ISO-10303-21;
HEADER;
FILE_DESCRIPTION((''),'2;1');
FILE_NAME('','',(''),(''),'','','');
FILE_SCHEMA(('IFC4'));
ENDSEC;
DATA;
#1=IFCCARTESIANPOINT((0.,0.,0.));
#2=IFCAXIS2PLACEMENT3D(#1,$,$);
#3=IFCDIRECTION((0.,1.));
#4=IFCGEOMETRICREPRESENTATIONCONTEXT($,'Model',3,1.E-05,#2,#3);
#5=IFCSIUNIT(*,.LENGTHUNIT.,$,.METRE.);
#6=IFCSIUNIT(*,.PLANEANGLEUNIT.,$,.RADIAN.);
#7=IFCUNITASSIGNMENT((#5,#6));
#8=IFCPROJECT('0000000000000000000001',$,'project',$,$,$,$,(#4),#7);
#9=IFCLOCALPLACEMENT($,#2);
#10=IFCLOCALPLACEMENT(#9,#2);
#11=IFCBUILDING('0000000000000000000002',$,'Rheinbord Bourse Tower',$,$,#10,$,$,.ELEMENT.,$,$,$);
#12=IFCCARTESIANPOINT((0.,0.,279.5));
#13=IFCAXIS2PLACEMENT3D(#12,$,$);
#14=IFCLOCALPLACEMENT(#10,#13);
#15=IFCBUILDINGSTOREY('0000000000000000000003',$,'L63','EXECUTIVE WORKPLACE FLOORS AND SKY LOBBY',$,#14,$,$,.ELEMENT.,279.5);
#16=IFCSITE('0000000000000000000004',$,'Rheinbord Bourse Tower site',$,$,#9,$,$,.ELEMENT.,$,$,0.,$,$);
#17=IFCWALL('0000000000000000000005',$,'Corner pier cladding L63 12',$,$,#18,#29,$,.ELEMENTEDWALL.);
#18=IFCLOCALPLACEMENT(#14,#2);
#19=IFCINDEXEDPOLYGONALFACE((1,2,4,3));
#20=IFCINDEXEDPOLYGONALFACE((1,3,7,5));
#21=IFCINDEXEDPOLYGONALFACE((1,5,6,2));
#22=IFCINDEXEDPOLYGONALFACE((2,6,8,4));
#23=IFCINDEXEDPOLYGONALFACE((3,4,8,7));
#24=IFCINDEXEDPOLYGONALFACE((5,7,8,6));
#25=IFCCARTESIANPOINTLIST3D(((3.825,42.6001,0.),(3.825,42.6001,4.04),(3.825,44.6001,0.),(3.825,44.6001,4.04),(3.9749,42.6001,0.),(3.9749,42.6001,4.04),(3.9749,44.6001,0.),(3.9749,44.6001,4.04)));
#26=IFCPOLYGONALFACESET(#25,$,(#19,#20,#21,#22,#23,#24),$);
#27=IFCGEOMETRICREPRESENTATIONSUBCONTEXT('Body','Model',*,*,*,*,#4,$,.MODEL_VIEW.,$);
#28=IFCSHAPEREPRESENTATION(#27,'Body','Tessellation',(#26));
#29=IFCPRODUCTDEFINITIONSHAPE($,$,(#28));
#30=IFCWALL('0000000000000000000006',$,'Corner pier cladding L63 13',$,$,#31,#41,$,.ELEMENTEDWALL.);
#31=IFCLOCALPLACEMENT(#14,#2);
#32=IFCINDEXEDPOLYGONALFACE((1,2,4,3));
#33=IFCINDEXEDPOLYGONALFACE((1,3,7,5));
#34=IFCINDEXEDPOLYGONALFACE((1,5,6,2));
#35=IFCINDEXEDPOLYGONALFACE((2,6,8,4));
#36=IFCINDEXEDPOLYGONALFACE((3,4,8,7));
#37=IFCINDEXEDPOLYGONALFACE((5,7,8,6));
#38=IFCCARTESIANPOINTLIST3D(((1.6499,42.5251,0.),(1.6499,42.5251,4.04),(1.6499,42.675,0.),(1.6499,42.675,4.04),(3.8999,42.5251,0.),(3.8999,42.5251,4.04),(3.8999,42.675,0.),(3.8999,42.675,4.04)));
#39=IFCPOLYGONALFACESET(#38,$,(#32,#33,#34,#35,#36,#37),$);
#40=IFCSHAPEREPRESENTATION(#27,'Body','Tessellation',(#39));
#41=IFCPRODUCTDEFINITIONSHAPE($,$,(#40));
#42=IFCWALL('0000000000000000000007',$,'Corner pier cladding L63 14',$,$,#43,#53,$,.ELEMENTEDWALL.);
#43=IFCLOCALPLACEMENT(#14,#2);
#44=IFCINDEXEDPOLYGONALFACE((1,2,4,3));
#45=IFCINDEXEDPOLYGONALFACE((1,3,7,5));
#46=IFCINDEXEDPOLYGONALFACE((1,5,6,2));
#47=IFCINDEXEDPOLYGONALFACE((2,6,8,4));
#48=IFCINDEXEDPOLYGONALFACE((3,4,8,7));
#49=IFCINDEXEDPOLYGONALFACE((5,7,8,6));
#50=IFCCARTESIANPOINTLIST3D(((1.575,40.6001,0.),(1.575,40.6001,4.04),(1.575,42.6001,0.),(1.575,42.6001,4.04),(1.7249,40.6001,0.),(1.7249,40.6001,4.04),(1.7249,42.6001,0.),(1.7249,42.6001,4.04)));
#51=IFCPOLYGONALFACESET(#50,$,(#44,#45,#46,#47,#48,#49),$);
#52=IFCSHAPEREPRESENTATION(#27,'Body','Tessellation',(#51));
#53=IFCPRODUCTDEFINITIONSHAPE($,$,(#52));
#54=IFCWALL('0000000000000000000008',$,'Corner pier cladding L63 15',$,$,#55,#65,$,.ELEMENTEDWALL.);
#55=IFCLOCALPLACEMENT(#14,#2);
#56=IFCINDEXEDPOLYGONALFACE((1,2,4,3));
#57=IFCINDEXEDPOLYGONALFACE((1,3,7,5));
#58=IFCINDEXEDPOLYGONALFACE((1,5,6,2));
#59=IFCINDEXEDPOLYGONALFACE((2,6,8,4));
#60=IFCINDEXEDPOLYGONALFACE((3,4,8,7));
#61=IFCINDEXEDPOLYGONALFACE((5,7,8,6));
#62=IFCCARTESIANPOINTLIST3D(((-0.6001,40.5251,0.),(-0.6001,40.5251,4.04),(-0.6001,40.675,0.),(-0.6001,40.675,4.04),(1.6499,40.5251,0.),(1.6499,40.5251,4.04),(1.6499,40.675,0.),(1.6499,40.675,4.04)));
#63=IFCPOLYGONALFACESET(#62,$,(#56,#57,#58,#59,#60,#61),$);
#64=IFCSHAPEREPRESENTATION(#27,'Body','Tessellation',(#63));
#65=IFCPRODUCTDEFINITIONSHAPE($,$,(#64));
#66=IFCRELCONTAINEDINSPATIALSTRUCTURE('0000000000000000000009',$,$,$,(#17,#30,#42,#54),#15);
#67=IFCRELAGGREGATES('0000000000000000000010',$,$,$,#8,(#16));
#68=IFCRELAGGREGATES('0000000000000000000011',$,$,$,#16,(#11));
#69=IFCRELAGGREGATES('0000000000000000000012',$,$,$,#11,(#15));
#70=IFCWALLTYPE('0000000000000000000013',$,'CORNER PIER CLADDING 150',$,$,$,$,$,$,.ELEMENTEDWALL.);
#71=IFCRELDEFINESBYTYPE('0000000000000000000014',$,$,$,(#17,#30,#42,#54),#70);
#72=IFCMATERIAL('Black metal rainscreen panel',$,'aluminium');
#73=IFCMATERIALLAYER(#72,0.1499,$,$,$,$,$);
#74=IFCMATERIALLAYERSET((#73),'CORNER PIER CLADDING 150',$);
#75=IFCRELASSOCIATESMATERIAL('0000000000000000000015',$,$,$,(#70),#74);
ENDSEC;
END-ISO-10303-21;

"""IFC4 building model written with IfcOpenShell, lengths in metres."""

from ifc_helpers import new_model, si_unit, direction, frame, frame_2d, origin, place, context, subcontext, project, spatial, rectangle, extrude, material, layer, layer_set, type_object, element, save


model = new_model("IFC4")

# Units and contexts
model_context = context("Model", 3, precision=1e-05, world=origin(), true_north=direction((0.0, 1.0)))
body_context = subcontext(model_context, "Body", "Model", "MODEL_VIEW")
ifc_project = project(units=[si_unit("LENGTHUNIT", "METRE"), si_unit("PLANEANGLEUNIT", "RADIAN")], contexts=[model_context])

# Site, building, storey
site_placement = place(None, origin())
site = spatial("IfcSite", under=ifc_project, at=site_placement, Name="Rheinbord Bourse Tower site", CompositionType="ELEMENT", RefElevation=0.0)
building_placement = place(site_placement, origin())
building = spatial("IfcBuilding", under=site, at=building_placement, Name="Rheinbord Bourse Tower", CompositionType="ELEMENT")
storey_placement = place(building_placement, frame((0.0, 0.0, 279.5)))
storey = spatial("IfcBuildingStorey", under=building, at=storey_placement, Name="L63", Description="EXECUTIVE WORKPLACE FLOORS AND SKY LOBBY", CompositionType="ELEMENT", Elevation=279.5)

# Walls
ifc_material_1 = material(Name="Black metal rainscreen panel", Category="aluminium")
ifc_layer_1 = layer(ifc_material_1, 0.1499)
ifc_layer_set_1 = layer_set([ifc_layer_1], Name="CORNER PIER CLADDING 150")
wall_type = type_object("IfcWallType", Name="CORNER PIER CLADDING 150", PredefinedType="ELEMENTEDWALL", material=ifc_layer_set_1)
wall_1_placement = place(storey_placement, frame((3.8999, 44.6001, 0.0), z_axis=(0.0, 0.0, 1.0), x_axis=(0.0, -1.0, 0.0)))
element("IfcWall", 1, at=wall_1_placement, inside=storey, type_object=wall_type, Name="Corner pier cladding L63 12", PredefinedType="ELEMENTEDWALL", context=body_context, shape_type="SweptSolid", body=[
    extrude(rectangle(XDim=2.0, YDim=0.1499, at=frame_2d((1.0, 0.0))), origin(), (0.0, 0.0, 1.0), 4.04),
])
wall_2_placement = place(storey_placement, frame((3.8999, 42.6001, 0.0), z_axis=(0.0, 0.0, 1.0), x_axis=(-1.0, 0.0, 0.0)))
element("IfcWall", 2, at=wall_2_placement, inside=storey, type_object=wall_type, Name="Corner pier cladding L63 13", PredefinedType="ELEMENTEDWALL", context=body_context, shape_type="SweptSolid", body=[
    extrude(rectangle(XDim=2.25, YDim=0.1499, at=frame_2d((1.125, 0.0))), origin(), (0.0, 0.0, 1.0), 4.04),
])
wall_3_placement = place(storey_placement, frame((1.6499, 42.6001, 0.0), z_axis=(0.0, 0.0, 1.0), x_axis=(0.0, -1.0, 0.0)))
element("IfcWall", 3, at=wall_3_placement, inside=storey, type_object=wall_type, Name="Corner pier cladding L63 14", PredefinedType="ELEMENTEDWALL", context=body_context, shape_type="SweptSolid", body=[
    extrude(rectangle(XDim=2.0, YDim=0.1499, at=frame_2d((1.0, 0.0))), origin(), (0.0, 0.0, 1.0), 4.04),
])
wall_4_placement = place(storey_placement, frame((1.6499, 40.6001, 0.0), z_axis=(0.0, 0.0, 1.0), x_axis=(-1.0, 0.0, 0.0)))
element("IfcWall", 4, at=wall_4_placement, inside=storey, type_object=wall_type, Name="Corner pier cladding L63 15", PredefinedType="ELEMENTEDWALL", context=body_context, shape_type="SweptSolid", body=[
    extrude(rectangle(XDim=2.25, YDim=0.1499, at=frame_2d((1.125, 0.0))), origin(), (0.0, 0.0, 1.0), 4.04),
])

save(model, "model.ifc")
